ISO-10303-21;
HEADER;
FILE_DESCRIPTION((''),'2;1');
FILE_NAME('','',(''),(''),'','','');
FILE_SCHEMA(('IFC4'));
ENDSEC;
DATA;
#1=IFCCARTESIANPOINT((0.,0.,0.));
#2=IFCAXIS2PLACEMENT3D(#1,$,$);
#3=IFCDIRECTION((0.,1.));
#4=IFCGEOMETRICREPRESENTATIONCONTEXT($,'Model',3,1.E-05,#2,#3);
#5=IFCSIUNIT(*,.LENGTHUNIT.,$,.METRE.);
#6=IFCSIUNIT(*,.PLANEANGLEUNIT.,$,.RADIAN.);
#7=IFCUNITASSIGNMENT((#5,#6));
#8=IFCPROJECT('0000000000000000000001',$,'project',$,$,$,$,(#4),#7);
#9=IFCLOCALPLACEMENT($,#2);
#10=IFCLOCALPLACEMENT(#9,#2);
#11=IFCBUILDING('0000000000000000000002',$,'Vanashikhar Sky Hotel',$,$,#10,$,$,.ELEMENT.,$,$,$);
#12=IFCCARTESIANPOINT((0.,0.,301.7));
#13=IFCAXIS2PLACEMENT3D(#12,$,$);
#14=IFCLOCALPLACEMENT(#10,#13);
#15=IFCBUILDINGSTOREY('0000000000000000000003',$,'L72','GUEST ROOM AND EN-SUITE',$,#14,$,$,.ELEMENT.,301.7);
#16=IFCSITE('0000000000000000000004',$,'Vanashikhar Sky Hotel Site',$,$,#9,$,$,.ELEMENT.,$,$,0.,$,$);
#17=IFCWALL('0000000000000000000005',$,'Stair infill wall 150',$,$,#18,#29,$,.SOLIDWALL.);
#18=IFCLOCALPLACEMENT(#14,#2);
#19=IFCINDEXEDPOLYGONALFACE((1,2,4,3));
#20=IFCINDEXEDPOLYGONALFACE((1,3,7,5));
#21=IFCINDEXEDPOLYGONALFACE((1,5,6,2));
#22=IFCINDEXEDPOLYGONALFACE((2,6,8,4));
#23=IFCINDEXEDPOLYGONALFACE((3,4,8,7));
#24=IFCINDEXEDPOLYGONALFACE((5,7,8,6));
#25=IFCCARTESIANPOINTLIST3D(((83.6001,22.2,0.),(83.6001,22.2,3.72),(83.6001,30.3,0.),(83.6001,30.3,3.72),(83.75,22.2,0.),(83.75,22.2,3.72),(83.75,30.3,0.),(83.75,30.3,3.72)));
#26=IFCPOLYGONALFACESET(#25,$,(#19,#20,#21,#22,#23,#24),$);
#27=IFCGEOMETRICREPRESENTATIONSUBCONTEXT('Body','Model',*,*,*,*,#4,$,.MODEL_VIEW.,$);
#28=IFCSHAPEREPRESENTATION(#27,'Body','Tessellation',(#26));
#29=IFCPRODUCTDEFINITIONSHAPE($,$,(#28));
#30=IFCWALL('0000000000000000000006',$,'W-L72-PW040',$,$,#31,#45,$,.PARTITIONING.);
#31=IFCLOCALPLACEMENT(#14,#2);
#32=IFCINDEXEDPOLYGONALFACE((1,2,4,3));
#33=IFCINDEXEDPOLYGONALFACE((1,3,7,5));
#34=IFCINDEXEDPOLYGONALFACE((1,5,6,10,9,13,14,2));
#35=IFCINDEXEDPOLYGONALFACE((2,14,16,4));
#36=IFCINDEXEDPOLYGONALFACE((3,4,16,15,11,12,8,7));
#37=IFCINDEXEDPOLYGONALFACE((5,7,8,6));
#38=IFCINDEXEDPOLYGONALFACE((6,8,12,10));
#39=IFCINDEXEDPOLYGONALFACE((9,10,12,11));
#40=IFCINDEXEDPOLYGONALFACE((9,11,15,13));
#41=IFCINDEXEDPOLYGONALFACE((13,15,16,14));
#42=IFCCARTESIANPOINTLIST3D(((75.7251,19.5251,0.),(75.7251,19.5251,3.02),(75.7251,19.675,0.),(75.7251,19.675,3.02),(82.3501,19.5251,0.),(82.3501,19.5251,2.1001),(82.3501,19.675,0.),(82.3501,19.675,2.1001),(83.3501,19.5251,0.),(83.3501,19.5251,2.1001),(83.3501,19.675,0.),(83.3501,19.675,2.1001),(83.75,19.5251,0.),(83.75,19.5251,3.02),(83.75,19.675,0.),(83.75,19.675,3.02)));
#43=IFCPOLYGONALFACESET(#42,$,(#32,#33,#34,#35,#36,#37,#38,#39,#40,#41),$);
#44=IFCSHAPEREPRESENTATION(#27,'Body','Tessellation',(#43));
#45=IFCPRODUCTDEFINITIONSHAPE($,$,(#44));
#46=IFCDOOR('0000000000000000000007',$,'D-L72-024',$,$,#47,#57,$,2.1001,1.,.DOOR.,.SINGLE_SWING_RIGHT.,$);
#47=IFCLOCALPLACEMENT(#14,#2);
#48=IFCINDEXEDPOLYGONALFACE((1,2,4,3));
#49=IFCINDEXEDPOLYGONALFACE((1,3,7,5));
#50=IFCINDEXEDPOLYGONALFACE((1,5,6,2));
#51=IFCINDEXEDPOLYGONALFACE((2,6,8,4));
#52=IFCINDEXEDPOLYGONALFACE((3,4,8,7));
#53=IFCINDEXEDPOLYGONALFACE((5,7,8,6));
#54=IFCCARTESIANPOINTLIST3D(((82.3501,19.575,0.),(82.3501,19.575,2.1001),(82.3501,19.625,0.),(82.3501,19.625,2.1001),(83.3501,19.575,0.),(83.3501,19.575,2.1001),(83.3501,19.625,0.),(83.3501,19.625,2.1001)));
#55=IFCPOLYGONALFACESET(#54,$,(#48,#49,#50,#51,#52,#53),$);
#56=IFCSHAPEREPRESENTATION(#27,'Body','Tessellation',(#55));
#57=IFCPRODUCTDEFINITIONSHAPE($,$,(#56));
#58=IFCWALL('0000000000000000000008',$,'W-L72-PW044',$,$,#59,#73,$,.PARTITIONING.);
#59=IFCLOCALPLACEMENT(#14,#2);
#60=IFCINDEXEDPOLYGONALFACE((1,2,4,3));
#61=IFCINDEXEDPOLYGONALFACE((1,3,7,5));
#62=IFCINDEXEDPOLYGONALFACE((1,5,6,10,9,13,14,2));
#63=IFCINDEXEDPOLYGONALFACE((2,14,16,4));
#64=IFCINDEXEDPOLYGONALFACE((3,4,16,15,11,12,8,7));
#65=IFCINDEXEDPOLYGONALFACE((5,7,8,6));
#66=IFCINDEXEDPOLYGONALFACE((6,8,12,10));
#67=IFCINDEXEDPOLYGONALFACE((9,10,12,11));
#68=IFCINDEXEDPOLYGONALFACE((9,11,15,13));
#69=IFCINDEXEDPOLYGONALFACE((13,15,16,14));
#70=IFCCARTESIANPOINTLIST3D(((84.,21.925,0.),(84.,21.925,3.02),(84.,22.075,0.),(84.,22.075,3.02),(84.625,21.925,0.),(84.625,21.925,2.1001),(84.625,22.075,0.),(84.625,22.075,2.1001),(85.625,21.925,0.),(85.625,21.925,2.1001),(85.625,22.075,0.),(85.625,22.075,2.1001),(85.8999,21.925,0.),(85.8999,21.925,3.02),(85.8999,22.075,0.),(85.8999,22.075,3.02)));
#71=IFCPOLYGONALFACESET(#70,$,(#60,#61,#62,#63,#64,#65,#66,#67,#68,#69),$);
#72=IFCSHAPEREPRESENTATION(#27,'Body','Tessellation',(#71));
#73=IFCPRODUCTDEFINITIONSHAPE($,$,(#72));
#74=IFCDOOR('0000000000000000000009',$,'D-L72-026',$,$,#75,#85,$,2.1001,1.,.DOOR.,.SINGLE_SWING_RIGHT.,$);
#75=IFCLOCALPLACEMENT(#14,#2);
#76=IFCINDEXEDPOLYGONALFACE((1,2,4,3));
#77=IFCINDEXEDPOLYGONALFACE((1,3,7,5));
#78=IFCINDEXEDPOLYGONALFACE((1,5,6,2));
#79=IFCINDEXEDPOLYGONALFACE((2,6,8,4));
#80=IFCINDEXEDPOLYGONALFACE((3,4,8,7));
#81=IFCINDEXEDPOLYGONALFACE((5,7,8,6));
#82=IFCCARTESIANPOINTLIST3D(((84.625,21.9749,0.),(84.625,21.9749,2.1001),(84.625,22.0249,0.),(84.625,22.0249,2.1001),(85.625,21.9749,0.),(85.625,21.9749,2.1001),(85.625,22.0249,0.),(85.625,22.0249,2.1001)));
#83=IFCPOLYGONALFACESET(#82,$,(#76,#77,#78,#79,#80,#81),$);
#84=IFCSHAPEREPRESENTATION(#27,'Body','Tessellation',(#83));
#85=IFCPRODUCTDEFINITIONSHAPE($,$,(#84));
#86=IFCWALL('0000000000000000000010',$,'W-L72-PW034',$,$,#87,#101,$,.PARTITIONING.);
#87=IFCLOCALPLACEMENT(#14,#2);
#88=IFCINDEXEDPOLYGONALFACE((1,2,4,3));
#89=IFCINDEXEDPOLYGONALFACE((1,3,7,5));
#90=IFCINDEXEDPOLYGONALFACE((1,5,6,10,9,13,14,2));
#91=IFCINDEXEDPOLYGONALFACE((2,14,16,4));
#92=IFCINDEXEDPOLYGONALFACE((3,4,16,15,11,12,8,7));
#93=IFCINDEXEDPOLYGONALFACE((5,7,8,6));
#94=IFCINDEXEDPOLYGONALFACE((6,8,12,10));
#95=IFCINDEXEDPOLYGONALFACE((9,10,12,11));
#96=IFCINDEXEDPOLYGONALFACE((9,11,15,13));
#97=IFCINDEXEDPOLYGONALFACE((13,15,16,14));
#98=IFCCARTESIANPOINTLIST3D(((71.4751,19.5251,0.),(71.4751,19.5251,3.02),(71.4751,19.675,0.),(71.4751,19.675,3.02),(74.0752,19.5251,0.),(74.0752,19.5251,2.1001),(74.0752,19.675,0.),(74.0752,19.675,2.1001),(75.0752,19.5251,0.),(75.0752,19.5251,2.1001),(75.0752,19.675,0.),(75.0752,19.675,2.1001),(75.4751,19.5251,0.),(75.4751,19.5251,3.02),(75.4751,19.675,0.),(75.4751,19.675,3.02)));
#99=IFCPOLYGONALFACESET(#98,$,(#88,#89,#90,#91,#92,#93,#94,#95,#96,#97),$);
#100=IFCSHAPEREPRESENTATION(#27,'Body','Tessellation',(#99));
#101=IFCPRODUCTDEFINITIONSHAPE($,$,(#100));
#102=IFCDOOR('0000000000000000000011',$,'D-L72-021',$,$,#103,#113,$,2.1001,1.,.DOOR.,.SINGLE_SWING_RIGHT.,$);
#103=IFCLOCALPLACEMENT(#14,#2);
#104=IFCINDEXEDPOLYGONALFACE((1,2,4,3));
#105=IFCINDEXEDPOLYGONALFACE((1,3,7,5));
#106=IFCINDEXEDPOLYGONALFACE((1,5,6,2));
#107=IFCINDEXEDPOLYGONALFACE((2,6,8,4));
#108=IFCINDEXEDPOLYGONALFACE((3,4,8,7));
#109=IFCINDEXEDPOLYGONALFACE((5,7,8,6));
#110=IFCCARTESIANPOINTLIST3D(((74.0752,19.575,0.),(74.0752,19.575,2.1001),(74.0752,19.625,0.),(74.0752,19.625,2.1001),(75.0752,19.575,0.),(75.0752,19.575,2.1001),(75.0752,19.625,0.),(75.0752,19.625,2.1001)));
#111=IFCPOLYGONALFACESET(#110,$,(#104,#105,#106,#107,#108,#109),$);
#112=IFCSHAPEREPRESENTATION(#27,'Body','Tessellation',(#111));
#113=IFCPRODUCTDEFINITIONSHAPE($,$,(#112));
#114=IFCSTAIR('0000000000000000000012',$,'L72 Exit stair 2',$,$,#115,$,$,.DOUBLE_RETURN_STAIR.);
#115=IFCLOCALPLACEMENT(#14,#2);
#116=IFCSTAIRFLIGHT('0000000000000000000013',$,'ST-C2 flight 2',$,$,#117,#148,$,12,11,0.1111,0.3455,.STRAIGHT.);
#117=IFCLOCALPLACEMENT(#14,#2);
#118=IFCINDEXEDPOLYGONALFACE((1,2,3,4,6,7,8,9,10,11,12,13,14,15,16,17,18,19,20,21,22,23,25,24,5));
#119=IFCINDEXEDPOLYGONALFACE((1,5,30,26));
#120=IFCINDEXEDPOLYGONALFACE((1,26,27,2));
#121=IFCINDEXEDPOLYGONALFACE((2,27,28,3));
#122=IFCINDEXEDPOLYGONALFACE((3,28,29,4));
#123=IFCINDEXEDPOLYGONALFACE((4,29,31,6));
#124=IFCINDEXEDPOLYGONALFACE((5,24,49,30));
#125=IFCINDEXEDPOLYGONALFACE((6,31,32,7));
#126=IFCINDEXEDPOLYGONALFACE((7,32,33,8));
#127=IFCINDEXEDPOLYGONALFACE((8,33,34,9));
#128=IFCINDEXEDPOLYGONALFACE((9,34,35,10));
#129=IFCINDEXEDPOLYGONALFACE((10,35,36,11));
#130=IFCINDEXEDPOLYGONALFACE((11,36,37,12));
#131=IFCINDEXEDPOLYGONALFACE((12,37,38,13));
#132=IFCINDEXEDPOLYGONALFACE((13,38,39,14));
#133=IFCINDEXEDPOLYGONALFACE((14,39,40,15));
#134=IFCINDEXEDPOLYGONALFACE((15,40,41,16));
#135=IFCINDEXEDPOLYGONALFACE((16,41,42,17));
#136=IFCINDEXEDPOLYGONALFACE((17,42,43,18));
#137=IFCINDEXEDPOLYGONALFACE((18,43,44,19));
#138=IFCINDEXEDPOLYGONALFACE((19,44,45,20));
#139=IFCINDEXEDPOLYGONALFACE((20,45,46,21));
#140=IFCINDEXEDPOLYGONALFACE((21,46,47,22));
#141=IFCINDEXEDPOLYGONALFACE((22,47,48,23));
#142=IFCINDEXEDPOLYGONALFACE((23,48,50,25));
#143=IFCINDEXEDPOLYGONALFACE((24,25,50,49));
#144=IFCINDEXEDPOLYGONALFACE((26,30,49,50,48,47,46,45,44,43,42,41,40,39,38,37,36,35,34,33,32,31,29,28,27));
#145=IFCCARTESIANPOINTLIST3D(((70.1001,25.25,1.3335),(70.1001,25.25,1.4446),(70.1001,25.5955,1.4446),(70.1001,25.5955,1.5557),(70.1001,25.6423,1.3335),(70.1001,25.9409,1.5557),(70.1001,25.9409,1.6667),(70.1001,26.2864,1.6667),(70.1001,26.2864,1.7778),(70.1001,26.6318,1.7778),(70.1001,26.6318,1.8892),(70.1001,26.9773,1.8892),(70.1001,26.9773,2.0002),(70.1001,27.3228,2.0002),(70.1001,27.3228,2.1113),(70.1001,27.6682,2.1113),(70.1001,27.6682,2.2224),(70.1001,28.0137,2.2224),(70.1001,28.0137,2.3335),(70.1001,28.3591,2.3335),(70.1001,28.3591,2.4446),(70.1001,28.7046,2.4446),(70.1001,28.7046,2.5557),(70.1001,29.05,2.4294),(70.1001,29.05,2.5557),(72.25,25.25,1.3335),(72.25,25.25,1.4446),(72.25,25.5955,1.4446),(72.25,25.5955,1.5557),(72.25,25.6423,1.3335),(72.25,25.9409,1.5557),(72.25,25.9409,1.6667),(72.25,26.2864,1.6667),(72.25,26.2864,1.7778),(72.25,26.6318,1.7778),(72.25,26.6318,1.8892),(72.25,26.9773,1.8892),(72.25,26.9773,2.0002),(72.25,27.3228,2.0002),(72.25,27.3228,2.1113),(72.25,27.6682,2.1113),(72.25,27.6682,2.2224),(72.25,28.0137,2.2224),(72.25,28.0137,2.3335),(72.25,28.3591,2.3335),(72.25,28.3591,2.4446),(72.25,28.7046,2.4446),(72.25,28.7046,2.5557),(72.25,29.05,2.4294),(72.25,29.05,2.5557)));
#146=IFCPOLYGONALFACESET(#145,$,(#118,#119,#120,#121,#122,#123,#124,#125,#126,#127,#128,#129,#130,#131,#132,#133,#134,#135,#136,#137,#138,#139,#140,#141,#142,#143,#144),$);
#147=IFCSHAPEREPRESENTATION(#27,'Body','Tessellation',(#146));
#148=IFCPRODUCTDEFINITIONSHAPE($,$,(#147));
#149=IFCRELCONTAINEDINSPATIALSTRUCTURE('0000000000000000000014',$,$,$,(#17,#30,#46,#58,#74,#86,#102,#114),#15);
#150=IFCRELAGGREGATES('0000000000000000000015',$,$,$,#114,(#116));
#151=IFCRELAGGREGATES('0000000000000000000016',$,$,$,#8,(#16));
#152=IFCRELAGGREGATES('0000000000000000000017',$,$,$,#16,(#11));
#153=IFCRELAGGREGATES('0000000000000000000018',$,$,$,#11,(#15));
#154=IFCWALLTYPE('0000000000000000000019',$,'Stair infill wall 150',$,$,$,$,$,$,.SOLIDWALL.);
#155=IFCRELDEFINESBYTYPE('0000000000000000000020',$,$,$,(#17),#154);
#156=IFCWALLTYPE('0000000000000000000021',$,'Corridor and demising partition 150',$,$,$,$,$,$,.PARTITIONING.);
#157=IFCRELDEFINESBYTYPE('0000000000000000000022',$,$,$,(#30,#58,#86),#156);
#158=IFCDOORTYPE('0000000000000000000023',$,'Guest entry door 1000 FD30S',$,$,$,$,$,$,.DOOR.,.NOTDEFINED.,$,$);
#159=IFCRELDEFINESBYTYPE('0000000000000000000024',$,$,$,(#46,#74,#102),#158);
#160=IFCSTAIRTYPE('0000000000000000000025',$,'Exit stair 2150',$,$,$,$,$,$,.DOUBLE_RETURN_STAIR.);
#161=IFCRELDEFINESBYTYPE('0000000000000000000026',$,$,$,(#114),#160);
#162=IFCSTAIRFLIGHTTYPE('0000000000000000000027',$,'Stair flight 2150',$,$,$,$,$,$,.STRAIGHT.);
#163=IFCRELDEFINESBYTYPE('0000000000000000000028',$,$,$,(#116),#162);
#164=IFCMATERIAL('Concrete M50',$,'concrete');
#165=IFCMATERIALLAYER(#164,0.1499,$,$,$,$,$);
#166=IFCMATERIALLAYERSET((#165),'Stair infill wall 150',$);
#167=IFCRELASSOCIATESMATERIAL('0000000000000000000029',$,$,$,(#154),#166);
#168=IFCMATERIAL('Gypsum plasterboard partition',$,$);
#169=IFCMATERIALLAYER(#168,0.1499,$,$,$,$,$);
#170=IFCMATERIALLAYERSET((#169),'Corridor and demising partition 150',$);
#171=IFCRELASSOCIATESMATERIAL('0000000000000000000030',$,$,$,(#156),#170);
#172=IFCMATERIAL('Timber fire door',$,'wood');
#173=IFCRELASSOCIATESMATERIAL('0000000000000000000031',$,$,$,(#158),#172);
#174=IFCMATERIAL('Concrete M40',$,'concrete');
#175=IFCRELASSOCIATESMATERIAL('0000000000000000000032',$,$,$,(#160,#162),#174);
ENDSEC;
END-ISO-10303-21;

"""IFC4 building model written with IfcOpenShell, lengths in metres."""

from ifc_helpers import new_model, si_unit, direction, frame, frame_2d, origin, place, context, subcontext, project, spatial, polyline, rectangle, outline, extrude, source, transform, mapped, material, layer, layer_set, type_object, element, fill, aggregate, save


model = new_model("IFC4")

# Units and contexts
model_context = context("Model", 3, precision=1e-05, world=origin(), true_north=direction((0.0, 1.0)))
body_context = subcontext(model_context, "Body", "Model", "MODEL_VIEW")
ifc_project = project(units=[si_unit("LENGTHUNIT", "METRE"), si_unit("PLANEANGLEUNIT", "RADIAN")], contexts=[model_context])

# Site, building, storey
site_placement = place(None, origin())
site = spatial("IfcSite", under=ifc_project, at=site_placement, Name="Vanashikhar Sky Hotel Site", CompositionType="ELEMENT", RefElevation=0.0)
building_placement = place(site_placement, origin())
building = spatial("IfcBuilding", under=site, at=building_placement, Name="Vanashikhar Sky Hotel", CompositionType="ELEMENT")
storey_placement = place(building_placement, frame((0.0, 0.0, 301.7)))
storey = spatial("IfcBuildingStorey", under=building, at=storey_placement, Name="L72", Description="GUEST ROOM AND EN-SUITE", CompositionType="ELEMENT", Elevation=301.7)

# Shared definitions
ifc_material_1 = material(Name="Concrete M50", Category="concrete")

# Wall
ifc_layer_1 = layer(ifc_material_1, 0.1499)
ifc_layer_set_1 = layer_set([ifc_layer_1], Name="Stair infill wall 150")
wall_type_1 = type_object("IfcWallType", Name="Stair infill wall 150", PredefinedType="SOLIDWALL", material=ifc_layer_set_1)
shared_shape_1 = source(origin(), body_context, "Body", "SweptSolid", [
    extrude(rectangle(XDim=8.1001, YDim=0.1499, at=frame_2d((4.05, 0.0))), origin(), (0.0, 0.0, 1.0), 3.72),
])
wall_1_placement = place(storey_placement, frame((83.675, 22.2, 0.0), z_axis=(0.0, 0.0, 1.0), x_axis=(0.0, 1.0, 0.0)))
element("IfcWall", 1, at=wall_1_placement, inside=storey, type_object=wall_type_1, Name="Stair infill wall 150", PredefinedType="SOLIDWALL", context=body_context, shape_type="MappedRepresentation", body=[
    mapped(shared_shape_1, transform((0.0, 0.0, 0.0), scale=1.0)),
])

# Walls, openings, doors
ifc_material_2 = material(Name="Gypsum plasterboard partition")
ifc_layer_2 = layer(ifc_material_2, 0.1499)
ifc_layer_set_2 = layer_set([ifc_layer_2], Name="Corridor and demising partition 150")
wall_type_2 = type_object("IfcWallType", Name="Corridor and demising partition 150", PredefinedType="PARTITIONING", material=ifc_layer_set_2)
shared_shape_2 = source(origin(), body_context, "Body", "SweptSolid", [
    extrude(rectangle(XDim=8.0249, YDim=0.1499, at=frame_2d((4.0125, 0.0))), origin(), (0.0, 0.0, 1.0), 3.02),
])
wall_2_placement = place(storey_placement, frame((75.7251, 19.6001, 0.0), z_axis=(0.0, 0.0, 1.0), x_axis=(1.0, 0.0, 0.0)))
wall_2 = element("IfcWall", 2, at=wall_2_placement, inside=storey, type_object=wall_type_2, Name="W-L72-PW040", PredefinedType="PARTITIONING", context=body_context, shape_type="MappedRepresentation", body=[
    mapped(shared_shape_2, transform((0.0, 0.0, 0.0), scale=1.0)),
])
shared_shape_3 = source(origin(), body_context, "Body", "SweptSolid", [
    extrude(rectangle(XDim=1.0, YDim=2.1001, at=frame_2d((0.5, 1.05))), frame((0.0, 0.085, 0.0), z_axis=(0.0, -1.0, 0.0), x_axis=(1.0, 0.0, 0.0)), (0.0, 0.0, 1.0), 0.1699),
])
opening_1_placement = place(wall_2_placement, frame((6.625, 0.0, 0.0)))
opening_1 = element("IfcOpeningElement", 3, at=opening_1_placement, cuts=wall_2, PredefinedType="OPENING", context=body_context, shape_type="MappedRepresentation", body=[
    mapped(shared_shape_3, transform((0.0, 0.0, 0.0), scale=1.0)),
])
ifc_material_3 = material(Name="Timber fire door", Category="wood")
door_type_1 = type_object("IfcDoorType", Name="Guest entry door 1000 FD30S", OperationType="NOTDEFINED", PredefinedType="DOOR", material=ifc_material_3)
shared_shape_4 = source(origin(), body_context, "Body", "SweptSolid", [
    extrude(rectangle(XDim=1.0, YDim=2.1001, at=frame_2d((0.5, 1.05))), frame((0.0, 0.0249, 0.0), z_axis=(0.0, -1.0, 0.0), x_axis=(1.0, 0.0, 0.0)), (0.0, 0.0, 1.0), 0.05),
])
door_1_placement = place(opening_1_placement, origin())
door_1 = element("IfcDoor", 4, at=door_1_placement, inside=storey, type_object=door_type_1, Name="D-L72-024", OperationType="SINGLE_SWING_RIGHT", OverallHeight=2.1001, OverallWidth=1.0, PredefinedType="DOOR", context=body_context, shape_type="MappedRepresentation", body=[
    mapped(shared_shape_4, transform((0.0, 0.0, 0.0), scale=1.0)),
])
fill(opening_1, door_1)
shared_shape_5 = source(origin(), body_context, "Body", "SweptSolid", [
    extrude(rectangle(XDim=1.8999, YDim=0.1499, at=frame_2d((0.95, 0.0))), origin(), (0.0, 0.0, 1.0), 3.02),
])
wall_3_placement = place(storey_placement, frame((84.0, 22.0, 0.0), z_axis=(0.0, 0.0, 1.0), x_axis=(1.0, 0.0, 0.0)))
wall_3 = element("IfcWall", 5, at=wall_3_placement, inside=storey, type_object=wall_type_2, Name="W-L72-PW044", PredefinedType="PARTITIONING", context=body_context, shape_type="MappedRepresentation", body=[
    mapped(shared_shape_5, transform((0.0, 0.0, 0.0), scale=1.0)),
])
opening_2_placement = place(wall_3_placement, frame((0.625, 0.0, 0.0)))
opening_2 = element("IfcOpeningElement", 6, at=opening_2_placement, cuts=wall_3, PredefinedType="OPENING", context=body_context, shape_type="MappedRepresentation", body=[
    mapped(shared_shape_3, transform((0.0, 0.0, 0.0), scale=1.0)),
])
door_2_placement = place(opening_2_placement, origin())
door_2 = element("IfcDoor", 7, at=door_2_placement, inside=storey, type_object=door_type_1, Name="D-L72-026", OperationType="SINGLE_SWING_RIGHT", OverallHeight=2.1001, OverallWidth=1.0, PredefinedType="DOOR", context=body_context, shape_type="MappedRepresentation", body=[
    mapped(shared_shape_4, transform((0.0, 0.0, 0.0), scale=1.0)),
])
fill(opening_2, door_2)
shared_shape_6 = source(origin(), body_context, "Body", "SweptSolid", [
    extrude(rectangle(XDim=4.0, YDim=0.1499, at=frame_2d((2.0, 0.0))), origin(), (0.0, 0.0, 1.0), 3.02),
])
wall_4_placement = place(storey_placement, frame((71.4751, 19.6001, 0.0), z_axis=(0.0, 0.0, 1.0), x_axis=(1.0, 0.0, 0.0)))
wall_4 = element("IfcWall", 8, at=wall_4_placement, inside=storey, type_object=wall_type_2, Name="W-L72-PW034", PredefinedType="PARTITIONING", context=body_context, shape_type="MappedRepresentation", body=[
    mapped(shared_shape_6, transform((0.0, 0.0, 0.0), scale=1.0)),
])
opening_3_placement = place(wall_4_placement, frame((2.6001, 0.0, 0.0)))
opening_3 = element("IfcOpeningElement", 9, at=opening_3_placement, cuts=wall_4, PredefinedType="OPENING", context=body_context, shape_type="MappedRepresentation", body=[
    mapped(shared_shape_3, transform((0.0, 0.0, 0.0), scale=1.0)),
])
door_3_placement = place(opening_3_placement, origin())
door_3 = element("IfcDoor", 10, at=door_3_placement, inside=storey, type_object=door_type_1, Name="D-L72-021", OperationType="SINGLE_SWING_RIGHT", OverallHeight=2.1001, OverallWidth=1.0, PredefinedType="DOOR", context=body_context, shape_type="MappedRepresentation", body=[
    mapped(shared_shape_4, transform((0.0, 0.0, 0.0), scale=1.0)),
])
fill(opening_3, door_3)

# Stair, stair flight
ifc_material_4 = material(Name="Concrete M40", Category="concrete")
stair_type = type_object("IfcStairType", Name="Exit stair 2150", PredefinedType="DOUBLE_RETURN_STAIR", material=ifc_material_4)
stair_1_placement = place(storey_placement, origin())
stair_1 = element("IfcStair", 11, at=stair_1_placement, inside=storey, type_object=stair_type, Name="L72 Exit stair 2", PredefinedType="DOUBLE_RETURN_STAIR")
stair_flight_type = type_object("IfcStairFlightType", Name="Stair flight 2150", PredefinedType="STRAIGHT", material=ifc_material_4)
shared_shape_7 = source(origin(), body_context, "Body", "SweptSolid", [
    extrude(outline(polyline([(0.0, 0.0), (0.0, 0.1111), (0.3455, 0.1111), (0.3455, 0.2222), (0.6909, 0.2222), (0.6909, 0.3333), (1.0364, 0.3333), (1.0364, 0.4443), (1.3818, 0.4443), (1.3818, 0.5557), (1.7273, 0.5557), (1.7273, 0.6667), (2.0728, 0.6667), (2.0728, 0.7778), (2.4182, 0.7778), (2.4182, 0.8889), (2.7637, 0.8889), (2.7637, 1.0), (3.1091, 1.0), (3.1091, 1.1111), (3.4546, 1.1111), (3.4546, 1.2222), (3.8, 1.2222), (3.8, 1.3333), (3.8, 1.0959), (0.3923, 0.0), (0.0, 0.0)])), frame((0.0, 1.075, 0.0), z_axis=(0.0, -1.0, 0.0), x_axis=(1.0, 0.0, 0.0)), (0.0, 0.0, 1.0), 2.1499),
])
stair_flight_1_placement = place(storey_placement, frame((71.175, 25.25, 1.3335), z_axis=(0.0, 0.0, 1.0), x_axis=(0.0, 1.0, 0.0)))
stair_flight_1 = element("IfcStairFlight", 12, at=stair_flight_1_placement, type_object=stair_flight_type, Name="ST-C2 flight 2", NumberOfRisers=12, NumberOfTreads=11, PredefinedType="STRAIGHT", RiserHeight=0.1111, TreadLength=0.3455, context=body_context, shape_type="MappedRepresentation", body=[
    mapped(shared_shape_7, transform((0.0, 0.0, 0.0), scale=1.0)),
])
aggregate(stair_1, [stair_flight_1])

save(model, "model.ifc")
